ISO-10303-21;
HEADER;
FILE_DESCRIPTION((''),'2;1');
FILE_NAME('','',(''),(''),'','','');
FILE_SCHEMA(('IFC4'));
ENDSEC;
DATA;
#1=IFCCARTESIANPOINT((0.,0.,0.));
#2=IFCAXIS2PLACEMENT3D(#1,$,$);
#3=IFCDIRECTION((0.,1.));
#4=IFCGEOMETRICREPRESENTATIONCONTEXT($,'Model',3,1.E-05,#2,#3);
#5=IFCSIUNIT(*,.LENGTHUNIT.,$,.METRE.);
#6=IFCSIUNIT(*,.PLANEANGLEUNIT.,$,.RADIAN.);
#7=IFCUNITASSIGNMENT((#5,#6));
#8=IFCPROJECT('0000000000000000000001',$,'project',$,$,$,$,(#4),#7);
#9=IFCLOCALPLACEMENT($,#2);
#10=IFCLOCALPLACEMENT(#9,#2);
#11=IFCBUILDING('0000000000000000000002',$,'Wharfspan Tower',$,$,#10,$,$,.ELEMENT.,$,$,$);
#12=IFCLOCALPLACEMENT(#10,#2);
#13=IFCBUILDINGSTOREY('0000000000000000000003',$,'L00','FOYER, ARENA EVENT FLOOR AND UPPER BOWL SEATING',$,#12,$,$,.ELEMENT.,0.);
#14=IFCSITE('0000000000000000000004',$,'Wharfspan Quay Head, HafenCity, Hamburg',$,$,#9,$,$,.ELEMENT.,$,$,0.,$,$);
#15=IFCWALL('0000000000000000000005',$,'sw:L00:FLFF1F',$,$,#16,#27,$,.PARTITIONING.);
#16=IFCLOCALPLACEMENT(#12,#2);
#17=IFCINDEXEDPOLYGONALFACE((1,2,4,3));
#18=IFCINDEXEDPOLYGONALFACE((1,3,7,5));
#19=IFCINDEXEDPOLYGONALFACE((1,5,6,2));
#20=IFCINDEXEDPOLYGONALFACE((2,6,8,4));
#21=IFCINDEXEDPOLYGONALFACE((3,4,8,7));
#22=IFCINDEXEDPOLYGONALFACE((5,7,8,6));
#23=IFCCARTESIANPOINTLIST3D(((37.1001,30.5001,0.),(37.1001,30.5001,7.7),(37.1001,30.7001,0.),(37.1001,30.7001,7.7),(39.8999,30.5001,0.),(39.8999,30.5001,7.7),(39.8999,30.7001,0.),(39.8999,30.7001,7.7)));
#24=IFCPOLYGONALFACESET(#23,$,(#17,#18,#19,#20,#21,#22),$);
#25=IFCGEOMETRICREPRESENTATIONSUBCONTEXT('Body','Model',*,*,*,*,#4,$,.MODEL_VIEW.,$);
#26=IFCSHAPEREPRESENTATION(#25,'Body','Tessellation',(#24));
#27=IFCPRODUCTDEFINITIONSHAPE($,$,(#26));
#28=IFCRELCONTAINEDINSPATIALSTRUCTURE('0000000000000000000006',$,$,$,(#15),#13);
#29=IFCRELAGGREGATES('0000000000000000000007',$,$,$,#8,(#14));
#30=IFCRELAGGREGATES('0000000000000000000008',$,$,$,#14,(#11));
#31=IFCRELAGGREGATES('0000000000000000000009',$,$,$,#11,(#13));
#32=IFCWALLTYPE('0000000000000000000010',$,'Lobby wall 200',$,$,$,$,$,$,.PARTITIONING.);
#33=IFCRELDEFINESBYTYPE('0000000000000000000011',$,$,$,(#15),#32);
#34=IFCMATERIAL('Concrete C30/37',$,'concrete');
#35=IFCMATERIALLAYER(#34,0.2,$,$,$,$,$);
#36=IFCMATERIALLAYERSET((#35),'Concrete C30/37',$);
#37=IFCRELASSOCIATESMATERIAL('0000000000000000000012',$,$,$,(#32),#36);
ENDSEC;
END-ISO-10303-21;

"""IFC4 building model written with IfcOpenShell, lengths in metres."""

from ifc_helpers import new_model, si_unit, direction, frame, frame_2d, origin, place, context, subcontext, project, spatial, rectangle, extrude, material, layer, layer_set, type_object, element, save


model = new_model("IFC4")

# Units and contexts
model_context = context("Model", 3, precision=1e-05, world=origin(), true_north=direction((0.0, 1.0)))
body_context = subcontext(model_context, "Body", "Model", "MODEL_VIEW")
ifc_project = project(units=[si_unit("LENGTHUNIT", "METRE"), si_unit("PLANEANGLEUNIT", "RADIAN")], contexts=[model_context])

# Site, building, storey
site_placement = place(None, origin())
site = spatial("IfcSite", under=ifc_project, at=site_placement, Name="Wharfspan Quay Head, HafenCity, Hamburg", CompositionType="ELEMENT", RefElevation=0.0)
building_placement = place(site_placement, origin())
building = spatial("IfcBuilding", under=site, at=building_placement, Name="Wharfspan Tower", CompositionType="ELEMENT")
storey_placement = place(building_placement, origin())
storey = spatial("IfcBuildingStorey", under=building, at=storey_placement, Name="L00", Description="FOYER, ARENA EVENT FLOOR AND UPPER BOWL SEATING", CompositionType="ELEMENT", Elevation=0.0)

# Shared definitions
ifc_material_1 = material(Name="Concrete C30/37", Category="concrete")

# Shared definitions
ifc_layer_1 = layer(ifc_material_1, 0.2)
ifc_layer_set_1 = layer_set([ifc_layer_1], Name="Concrete C30/37")
wall_type_1 = type_object("IfcWallType", Name="Lobby wall 200", PredefinedType="PARTITIONING", material=ifc_layer_set_1)

# Wall
wall_1_placement = place(storey_placement, frame((37.1001, 30.6001, 0.0), z_axis=(0.0, 0.0, 1.0), x_axis=(1.0, 0.0, 0.0)))
element("IfcWall", 1, at=wall_1_placement, inside=storey, type_object=wall_type_1, Name="sw:L00:FLFF1F", PredefinedType="PARTITIONING", context=body_context, shape_type="SweptSolid", body=[
    extrude(rectangle(XDim=2.7998, YDim=0.2, at=frame_2d((1.3999, 0.0))), origin(), (0.0, 0.0, 1.0), 7.7),
])

save(model, "model.ifc")
